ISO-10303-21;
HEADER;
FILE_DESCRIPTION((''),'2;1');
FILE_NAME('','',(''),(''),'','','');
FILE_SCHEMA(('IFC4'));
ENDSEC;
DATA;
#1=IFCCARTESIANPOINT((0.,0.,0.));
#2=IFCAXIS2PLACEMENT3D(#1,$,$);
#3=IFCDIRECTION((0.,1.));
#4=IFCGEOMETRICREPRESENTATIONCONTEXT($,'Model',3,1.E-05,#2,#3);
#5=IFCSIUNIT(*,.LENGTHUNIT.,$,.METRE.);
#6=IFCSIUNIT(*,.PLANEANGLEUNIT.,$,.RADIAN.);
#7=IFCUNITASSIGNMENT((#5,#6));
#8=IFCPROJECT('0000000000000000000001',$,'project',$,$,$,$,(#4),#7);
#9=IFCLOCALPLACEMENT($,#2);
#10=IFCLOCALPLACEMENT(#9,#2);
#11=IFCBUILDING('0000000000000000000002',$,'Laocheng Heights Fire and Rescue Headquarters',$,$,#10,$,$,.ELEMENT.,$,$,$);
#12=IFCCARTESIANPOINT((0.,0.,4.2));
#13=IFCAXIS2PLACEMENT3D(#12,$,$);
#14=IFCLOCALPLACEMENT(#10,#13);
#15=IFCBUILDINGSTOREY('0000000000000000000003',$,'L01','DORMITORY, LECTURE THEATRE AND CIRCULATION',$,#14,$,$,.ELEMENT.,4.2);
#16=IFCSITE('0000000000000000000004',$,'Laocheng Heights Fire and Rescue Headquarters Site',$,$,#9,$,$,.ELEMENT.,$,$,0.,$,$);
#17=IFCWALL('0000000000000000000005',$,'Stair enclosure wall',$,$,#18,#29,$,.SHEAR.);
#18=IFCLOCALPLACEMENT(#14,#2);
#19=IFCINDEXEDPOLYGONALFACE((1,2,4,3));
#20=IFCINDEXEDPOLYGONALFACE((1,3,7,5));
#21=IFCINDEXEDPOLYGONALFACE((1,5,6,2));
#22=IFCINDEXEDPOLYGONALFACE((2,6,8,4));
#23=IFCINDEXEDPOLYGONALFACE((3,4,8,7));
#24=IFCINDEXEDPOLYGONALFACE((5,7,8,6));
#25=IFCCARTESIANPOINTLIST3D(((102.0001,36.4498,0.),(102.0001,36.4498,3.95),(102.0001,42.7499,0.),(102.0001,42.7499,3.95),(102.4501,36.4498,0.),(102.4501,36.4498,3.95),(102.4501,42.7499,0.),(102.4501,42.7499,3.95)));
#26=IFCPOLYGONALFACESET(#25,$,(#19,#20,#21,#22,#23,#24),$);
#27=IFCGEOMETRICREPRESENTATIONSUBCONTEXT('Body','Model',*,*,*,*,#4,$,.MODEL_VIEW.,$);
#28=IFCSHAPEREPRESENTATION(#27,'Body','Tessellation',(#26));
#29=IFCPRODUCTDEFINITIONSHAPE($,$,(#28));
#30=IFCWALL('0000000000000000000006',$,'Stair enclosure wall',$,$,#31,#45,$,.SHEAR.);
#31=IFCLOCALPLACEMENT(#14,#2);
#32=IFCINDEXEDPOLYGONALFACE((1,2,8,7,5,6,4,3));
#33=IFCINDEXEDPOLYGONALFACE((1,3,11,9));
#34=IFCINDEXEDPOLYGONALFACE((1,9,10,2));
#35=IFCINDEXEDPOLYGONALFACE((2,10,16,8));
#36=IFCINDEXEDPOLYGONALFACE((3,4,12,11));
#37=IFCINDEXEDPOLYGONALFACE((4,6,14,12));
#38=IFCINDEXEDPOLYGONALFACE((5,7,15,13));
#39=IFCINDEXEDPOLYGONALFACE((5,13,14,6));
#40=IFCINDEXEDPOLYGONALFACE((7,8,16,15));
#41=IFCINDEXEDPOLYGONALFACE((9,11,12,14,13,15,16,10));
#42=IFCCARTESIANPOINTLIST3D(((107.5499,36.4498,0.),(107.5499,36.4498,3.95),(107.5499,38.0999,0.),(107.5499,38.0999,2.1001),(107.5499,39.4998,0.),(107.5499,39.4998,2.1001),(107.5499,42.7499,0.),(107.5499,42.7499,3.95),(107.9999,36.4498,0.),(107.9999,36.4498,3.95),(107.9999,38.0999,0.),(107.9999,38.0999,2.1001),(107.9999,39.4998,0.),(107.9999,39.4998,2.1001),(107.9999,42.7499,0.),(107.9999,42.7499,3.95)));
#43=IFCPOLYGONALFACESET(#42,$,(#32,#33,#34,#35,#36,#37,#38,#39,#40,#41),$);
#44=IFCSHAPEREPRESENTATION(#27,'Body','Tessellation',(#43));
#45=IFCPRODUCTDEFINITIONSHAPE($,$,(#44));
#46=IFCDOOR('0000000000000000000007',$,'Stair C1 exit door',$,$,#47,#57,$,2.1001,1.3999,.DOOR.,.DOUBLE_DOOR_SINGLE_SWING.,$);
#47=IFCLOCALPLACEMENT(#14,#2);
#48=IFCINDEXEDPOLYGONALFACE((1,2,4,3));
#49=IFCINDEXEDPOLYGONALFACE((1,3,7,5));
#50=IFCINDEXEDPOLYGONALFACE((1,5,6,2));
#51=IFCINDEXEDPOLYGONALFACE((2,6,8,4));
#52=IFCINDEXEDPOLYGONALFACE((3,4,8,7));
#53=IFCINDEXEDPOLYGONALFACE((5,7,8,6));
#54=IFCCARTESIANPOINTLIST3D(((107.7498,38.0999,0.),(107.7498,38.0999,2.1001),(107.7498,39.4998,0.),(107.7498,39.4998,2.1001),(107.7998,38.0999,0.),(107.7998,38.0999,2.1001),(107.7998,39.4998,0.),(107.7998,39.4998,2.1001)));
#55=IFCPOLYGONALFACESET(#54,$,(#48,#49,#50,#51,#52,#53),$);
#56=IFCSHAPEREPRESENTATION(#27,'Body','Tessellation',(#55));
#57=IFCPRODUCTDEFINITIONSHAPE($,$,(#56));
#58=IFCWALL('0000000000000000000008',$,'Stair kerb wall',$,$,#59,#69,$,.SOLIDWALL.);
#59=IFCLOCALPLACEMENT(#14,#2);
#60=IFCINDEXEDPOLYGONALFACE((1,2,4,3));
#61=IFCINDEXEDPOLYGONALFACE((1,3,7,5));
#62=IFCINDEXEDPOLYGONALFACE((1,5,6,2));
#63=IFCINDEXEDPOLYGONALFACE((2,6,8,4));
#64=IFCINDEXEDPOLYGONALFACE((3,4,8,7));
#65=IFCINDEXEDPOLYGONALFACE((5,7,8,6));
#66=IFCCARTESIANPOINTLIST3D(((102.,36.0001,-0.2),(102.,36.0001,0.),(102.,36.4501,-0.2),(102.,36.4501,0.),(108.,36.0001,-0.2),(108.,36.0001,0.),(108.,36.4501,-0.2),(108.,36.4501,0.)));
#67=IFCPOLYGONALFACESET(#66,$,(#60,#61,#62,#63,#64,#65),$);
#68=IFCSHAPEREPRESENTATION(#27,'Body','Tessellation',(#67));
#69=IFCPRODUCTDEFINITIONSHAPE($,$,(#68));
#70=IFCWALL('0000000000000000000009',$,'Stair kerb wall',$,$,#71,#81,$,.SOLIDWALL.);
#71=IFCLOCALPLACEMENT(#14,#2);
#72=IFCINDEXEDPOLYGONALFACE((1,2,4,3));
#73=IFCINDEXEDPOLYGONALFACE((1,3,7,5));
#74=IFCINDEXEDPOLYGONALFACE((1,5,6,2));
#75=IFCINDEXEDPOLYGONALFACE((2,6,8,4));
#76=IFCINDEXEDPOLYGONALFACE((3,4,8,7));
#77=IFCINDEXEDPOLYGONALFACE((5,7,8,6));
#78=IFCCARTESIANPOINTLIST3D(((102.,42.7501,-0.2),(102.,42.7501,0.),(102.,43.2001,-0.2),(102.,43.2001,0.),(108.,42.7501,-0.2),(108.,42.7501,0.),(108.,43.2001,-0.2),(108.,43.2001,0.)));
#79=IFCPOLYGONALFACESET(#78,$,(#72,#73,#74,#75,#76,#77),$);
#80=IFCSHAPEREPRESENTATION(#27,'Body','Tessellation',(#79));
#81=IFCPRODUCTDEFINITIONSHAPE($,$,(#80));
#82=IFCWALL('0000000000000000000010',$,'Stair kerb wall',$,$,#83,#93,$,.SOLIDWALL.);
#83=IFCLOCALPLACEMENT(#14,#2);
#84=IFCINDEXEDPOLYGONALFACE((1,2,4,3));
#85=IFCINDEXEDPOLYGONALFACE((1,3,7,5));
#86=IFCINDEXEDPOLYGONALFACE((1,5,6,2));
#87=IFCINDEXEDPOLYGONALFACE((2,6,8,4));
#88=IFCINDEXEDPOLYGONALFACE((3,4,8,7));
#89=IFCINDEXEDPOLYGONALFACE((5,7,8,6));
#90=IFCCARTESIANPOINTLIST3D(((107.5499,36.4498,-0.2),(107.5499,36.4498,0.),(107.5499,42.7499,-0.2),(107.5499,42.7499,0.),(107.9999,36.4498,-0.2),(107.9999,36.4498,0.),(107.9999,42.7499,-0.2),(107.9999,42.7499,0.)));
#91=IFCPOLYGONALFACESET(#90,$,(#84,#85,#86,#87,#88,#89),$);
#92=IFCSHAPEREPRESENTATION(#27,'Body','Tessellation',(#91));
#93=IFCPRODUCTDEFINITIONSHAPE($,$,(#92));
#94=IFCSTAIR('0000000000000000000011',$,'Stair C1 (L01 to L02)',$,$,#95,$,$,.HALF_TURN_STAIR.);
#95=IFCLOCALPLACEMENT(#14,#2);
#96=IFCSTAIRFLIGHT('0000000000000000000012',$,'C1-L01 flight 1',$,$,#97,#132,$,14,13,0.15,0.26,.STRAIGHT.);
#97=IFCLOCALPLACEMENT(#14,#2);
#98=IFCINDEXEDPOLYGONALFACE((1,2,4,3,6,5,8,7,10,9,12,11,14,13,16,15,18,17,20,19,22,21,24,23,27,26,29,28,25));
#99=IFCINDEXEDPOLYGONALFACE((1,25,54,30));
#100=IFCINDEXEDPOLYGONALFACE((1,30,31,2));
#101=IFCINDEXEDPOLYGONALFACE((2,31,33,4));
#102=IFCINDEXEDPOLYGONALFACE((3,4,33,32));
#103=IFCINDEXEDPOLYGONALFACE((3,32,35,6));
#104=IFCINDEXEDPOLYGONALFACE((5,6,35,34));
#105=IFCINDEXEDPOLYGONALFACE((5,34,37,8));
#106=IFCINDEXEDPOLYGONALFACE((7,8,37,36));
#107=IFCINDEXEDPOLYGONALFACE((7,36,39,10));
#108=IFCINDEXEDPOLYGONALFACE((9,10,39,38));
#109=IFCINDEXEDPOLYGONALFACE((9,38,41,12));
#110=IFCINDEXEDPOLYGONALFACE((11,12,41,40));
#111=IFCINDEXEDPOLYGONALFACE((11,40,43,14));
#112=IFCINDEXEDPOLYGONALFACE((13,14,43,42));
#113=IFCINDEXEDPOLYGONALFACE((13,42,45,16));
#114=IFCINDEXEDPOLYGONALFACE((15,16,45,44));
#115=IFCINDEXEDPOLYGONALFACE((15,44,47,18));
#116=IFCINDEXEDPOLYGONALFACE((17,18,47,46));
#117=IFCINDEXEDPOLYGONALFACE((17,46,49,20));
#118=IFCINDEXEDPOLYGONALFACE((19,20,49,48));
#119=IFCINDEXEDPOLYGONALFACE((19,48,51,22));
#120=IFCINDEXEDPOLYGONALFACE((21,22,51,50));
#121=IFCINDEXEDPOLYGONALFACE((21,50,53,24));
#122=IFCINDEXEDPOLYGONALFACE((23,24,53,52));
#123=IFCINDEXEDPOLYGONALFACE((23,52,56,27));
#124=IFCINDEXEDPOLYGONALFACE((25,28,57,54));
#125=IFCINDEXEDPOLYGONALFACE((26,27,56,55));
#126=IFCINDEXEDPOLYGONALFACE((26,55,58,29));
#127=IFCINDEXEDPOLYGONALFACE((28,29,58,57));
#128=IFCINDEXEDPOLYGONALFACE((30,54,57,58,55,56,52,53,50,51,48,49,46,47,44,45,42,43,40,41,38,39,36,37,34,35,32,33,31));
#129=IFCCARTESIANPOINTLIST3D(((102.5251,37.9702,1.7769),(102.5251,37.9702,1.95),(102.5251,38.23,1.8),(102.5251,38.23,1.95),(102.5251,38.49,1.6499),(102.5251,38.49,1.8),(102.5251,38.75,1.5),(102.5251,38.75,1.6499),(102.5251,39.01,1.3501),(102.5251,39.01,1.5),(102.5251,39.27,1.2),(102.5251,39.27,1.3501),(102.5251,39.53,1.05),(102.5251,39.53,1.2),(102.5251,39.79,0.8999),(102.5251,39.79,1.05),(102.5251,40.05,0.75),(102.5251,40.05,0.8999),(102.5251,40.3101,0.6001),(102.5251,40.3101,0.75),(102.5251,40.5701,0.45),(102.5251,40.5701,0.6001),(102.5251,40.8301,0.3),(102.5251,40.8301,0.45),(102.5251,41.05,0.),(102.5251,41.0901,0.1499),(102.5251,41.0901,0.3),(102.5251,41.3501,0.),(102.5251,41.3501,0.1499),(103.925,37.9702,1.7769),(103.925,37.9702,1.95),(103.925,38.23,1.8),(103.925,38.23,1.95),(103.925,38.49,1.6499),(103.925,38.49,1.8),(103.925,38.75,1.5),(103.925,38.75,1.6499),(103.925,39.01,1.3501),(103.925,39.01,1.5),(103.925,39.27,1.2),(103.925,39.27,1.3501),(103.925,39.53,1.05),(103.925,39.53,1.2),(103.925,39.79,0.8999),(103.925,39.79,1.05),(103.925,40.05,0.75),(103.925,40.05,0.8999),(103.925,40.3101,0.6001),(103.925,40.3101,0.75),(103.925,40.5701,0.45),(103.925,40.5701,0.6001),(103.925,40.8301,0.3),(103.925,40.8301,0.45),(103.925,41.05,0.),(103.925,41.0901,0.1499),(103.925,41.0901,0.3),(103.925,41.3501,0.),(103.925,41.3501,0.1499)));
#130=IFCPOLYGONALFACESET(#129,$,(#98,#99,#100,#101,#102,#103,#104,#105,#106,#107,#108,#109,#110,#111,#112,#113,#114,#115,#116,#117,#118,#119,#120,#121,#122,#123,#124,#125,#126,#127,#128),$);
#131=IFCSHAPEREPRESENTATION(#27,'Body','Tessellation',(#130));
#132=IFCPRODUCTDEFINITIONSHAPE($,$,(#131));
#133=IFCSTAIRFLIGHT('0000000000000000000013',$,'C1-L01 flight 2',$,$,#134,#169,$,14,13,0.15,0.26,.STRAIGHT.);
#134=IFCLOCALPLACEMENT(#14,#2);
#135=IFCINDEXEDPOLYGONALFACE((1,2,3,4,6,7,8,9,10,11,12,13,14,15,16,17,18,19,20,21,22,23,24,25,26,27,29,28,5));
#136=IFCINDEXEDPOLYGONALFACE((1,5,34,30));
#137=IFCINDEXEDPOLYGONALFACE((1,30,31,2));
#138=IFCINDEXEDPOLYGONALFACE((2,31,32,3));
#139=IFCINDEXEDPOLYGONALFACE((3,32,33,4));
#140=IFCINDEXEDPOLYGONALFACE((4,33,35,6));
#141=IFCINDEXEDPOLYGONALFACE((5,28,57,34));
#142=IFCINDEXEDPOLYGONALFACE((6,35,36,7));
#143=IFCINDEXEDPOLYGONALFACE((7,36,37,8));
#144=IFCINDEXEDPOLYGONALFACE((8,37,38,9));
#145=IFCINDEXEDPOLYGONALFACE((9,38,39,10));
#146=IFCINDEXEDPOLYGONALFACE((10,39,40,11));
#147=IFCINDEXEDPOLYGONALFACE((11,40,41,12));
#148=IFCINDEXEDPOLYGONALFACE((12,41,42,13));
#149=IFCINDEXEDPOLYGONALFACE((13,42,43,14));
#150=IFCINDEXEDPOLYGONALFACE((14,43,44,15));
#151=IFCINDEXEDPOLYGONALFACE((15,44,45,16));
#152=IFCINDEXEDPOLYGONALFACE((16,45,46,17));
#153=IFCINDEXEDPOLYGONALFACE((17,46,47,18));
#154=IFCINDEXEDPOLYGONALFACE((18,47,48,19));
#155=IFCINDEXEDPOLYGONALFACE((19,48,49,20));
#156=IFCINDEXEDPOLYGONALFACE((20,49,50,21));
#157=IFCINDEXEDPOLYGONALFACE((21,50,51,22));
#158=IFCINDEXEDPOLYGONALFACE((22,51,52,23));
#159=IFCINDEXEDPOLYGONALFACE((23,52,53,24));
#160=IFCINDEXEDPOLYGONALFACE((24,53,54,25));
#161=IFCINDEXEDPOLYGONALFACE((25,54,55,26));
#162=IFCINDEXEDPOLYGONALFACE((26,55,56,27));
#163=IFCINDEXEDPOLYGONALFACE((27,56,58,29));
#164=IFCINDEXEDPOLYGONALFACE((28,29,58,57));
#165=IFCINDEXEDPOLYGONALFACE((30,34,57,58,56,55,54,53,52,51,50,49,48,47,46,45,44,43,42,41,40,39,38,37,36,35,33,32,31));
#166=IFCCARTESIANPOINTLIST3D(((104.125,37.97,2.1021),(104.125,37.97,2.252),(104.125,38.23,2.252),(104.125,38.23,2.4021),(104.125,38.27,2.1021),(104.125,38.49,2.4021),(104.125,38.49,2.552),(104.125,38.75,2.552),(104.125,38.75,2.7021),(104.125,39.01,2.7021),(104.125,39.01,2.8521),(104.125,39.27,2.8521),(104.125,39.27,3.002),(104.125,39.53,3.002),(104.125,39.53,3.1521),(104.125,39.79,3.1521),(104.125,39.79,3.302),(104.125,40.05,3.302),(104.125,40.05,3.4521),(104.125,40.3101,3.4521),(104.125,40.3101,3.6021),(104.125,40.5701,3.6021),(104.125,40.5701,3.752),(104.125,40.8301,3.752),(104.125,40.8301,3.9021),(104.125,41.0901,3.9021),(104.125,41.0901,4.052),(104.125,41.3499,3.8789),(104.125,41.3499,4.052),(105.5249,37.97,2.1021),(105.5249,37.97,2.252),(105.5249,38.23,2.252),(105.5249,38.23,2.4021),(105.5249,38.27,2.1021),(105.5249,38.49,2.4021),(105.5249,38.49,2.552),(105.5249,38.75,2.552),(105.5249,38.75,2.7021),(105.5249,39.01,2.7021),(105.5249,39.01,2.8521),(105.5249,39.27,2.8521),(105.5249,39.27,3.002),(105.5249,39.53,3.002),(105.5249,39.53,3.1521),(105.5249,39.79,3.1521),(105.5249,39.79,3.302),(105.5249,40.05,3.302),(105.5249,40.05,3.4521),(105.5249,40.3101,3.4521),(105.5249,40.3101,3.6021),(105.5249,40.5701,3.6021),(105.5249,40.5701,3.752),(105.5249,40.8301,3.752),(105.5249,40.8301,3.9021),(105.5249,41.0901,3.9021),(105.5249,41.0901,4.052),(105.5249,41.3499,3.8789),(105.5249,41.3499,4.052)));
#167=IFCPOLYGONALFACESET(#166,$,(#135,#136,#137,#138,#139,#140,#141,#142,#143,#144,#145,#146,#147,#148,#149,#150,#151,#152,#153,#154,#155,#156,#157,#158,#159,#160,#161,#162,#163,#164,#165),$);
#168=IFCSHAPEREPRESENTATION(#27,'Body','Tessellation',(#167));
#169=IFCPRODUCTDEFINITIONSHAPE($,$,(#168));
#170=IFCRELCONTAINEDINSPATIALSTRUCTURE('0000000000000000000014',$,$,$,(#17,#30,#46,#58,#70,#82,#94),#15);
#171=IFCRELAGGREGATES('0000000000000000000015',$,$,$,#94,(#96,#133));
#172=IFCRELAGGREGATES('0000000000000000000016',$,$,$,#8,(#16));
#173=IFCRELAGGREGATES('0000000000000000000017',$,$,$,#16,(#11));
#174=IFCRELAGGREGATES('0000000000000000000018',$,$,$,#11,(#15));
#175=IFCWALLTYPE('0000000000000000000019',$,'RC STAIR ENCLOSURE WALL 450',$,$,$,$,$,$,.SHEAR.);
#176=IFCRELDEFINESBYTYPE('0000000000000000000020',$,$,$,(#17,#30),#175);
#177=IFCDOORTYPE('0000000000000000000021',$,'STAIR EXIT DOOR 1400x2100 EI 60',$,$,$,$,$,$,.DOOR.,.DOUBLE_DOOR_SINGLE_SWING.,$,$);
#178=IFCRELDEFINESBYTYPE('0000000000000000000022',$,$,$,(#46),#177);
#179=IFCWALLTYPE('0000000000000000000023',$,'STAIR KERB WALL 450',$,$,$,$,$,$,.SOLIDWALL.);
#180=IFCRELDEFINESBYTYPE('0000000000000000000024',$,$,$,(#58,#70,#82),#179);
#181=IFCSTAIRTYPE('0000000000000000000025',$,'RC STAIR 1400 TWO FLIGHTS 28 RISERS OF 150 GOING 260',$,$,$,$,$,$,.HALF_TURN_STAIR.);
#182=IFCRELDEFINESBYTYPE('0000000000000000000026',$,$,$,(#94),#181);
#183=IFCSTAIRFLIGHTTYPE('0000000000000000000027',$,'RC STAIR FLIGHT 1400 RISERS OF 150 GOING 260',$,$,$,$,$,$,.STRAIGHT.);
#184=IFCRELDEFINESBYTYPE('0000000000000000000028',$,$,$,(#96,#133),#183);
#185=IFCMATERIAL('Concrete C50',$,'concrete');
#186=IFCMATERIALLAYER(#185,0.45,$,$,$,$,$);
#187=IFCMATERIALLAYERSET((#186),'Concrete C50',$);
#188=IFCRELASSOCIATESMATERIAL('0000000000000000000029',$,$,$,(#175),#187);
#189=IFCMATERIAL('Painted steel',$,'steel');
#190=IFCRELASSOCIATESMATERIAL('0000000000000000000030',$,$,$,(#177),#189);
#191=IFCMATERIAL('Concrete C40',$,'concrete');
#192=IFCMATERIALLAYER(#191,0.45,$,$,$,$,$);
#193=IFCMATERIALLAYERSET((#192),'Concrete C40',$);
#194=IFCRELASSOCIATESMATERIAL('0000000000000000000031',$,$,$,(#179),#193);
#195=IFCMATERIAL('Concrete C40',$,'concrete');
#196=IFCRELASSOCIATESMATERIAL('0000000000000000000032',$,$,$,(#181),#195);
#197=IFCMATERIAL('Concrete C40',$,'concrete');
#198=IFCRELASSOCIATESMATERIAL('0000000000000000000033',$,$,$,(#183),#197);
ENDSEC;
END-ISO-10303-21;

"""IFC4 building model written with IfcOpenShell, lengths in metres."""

from ifc_helpers import new_model, si_unit, direction, frame, frame_2d, origin, place, context, subcontext, project, spatial, polyline, rectangle, outline, extrude, material, layer, layer_set, type_object, element, fill, aggregate, save


model = new_model("IFC4")

# Units and contexts
model_context = context("Model", 3, precision=1e-05, world=origin(), true_north=direction((0.0, 1.0)))
body_context = subcontext(model_context, "Body", "Model", "MODEL_VIEW")
ifc_project = project(units=[si_unit("LENGTHUNIT", "METRE"), si_unit("PLANEANGLEUNIT", "RADIAN")], contexts=[model_context])

# Site, building, storey
site_placement = place(None, origin())
site = spatial("IfcSite", under=ifc_project, at=site_placement, Name="Laocheng Heights Fire and Rescue Headquarters Site", CompositionType="ELEMENT", RefElevation=0.0)
building_placement = place(site_placement, origin())
building = spatial("IfcBuilding", under=site, at=building_placement, Name="Laocheng Heights Fire and Rescue Headquarters", CompositionType="ELEMENT")
storey_placement = place(building_placement, frame((0.0, 0.0, 4.2)))
storey = spatial("IfcBuildingStorey", under=building, at=storey_placement, Name="L01", Description="DORMITORY, LECTURE THEATRE AND CIRCULATION", CompositionType="ELEMENT", Elevation=4.2)

# Shared definitions
ifc_material_1 = material(Name="Concrete C50", Category="concrete")
ifc_layer_1 = layer(ifc_material_1, 0.45)
ifc_layer_set_1 = layer_set([ifc_layer_1], Name="Concrete C50")
wall_type_1 = type_object("IfcWallType", Name="RC STAIR ENCLOSURE WALL 450", PredefinedType="SHEAR", material=ifc_layer_set_1)

# Wall
wall_1_placement = place(storey_placement, frame((102.2251, 36.45, 0.0), z_axis=(0.0, 0.0, 1.0), x_axis=(0.0, 1.0, 0.0)))
element("IfcWall", 1, at=wall_1_placement, inside=storey, type_object=wall_type_1, Name="Stair enclosure wall", PredefinedType="SHEAR", context=body_context, shape_type="SweptSolid", body=[
    extrude(rectangle(XDim=6.3, YDim=0.45, at=frame_2d((3.1499, 0.0))), origin(), (0.0, 0.0, 1.0), 3.95),
])

# Wall, opening, door
wall_2_placement = place(storey_placement, frame((107.7749, 36.45, 0.0), z_axis=(0.0, 0.0, 1.0), x_axis=(0.0, 1.0, 0.0)))
wall_2 = element("IfcWall", 2, at=wall_2_placement, inside=storey, type_object=wall_type_1, Name="Stair enclosure wall", PredefinedType="SHEAR", context=body_context, shape_type="SweptSolid", body=[
    extrude(rectangle(XDim=6.3, YDim=0.45, at=frame_2d((3.1499, 0.0))), origin(), (0.0, 0.0, 1.0), 3.95),
])
opening_1_placement = place(wall_2_placement, frame((1.6499, 0.0, 0.0)))
opening_1 = element("IfcOpeningElement", 3, at=opening_1_placement, cuts=wall_2, PredefinedType="OPENING", context=body_context, shape_type="SweptSolid", body=[
    extrude(rectangle(XDim=1.3999, YDim=2.1001, at=frame_2d((0.7, 1.05))), frame((0.0, 0.2349, 0.0), z_axis=(0.0, -1.0, 0.0), x_axis=(1.0, 0.0, 0.0)), (0.0, 0.0, 1.0), 0.47),
])
ifc_material_2 = material(Name="Painted steel", Category="steel")
door_type_1 = type_object("IfcDoorType", Name="STAIR EXIT DOOR 1400x2100 EI 60", OperationType="DOUBLE_DOOR_SINGLE_SWING", PredefinedType="DOOR", material=ifc_material_2)
door_1_placement = place(opening_1_placement, frame((1.3999, 0.0, 0.0), z_axis=(0.0, 0.0, 1.0), x_axis=(-1.0, 0.0, 0.0)))
door_1 = element("IfcDoor", 4, at=door_1_placement, inside=storey, type_object=door_type_1, Name="Stair C1 exit door", OperationType="DOUBLE_DOOR_SINGLE_SWING", OverallHeight=2.1001, OverallWidth=1.3999, PredefinedType="DOOR", context=body_context, shape_type="SweptSolid", body=[
    extrude(rectangle(XDim=1.3999, YDim=2.1001, at=frame_2d((0.7, 1.05))), frame((0.0, 0.0249, 0.0), z_axis=(0.0, -1.0, 0.0), x_axis=(1.0, 0.0, 0.0)), (0.0, 0.0, 1.0), 0.05),
])
fill(opening_1, door_1)

# Walls
ifc_material_3 = material(Name="Concrete C40", Category="concrete")
ifc_layer_2 = layer(ifc_material_3, 0.45)
ifc_layer_set_2 = layer_set([ifc_layer_2], Name="Concrete C40")
wall_type_2 = type_object("IfcWallType", Name="STAIR KERB WALL 450", PredefinedType="SOLIDWALL", material=ifc_layer_set_2)
for number, where, z_axis, x_axis, name in (
    (5, (102.0, 36.2251, -0.2), (0.0, 0.0, 1.0), (1.0, 0.0, 0.0), "Stair kerb wall"),
    (6, (102.0, 42.9751, -0.2), (0.0, 0.0, 1.0), (1.0, 0.0, 0.0), "Stair kerb wall"),
):
    element("IfcWall", number, at=place(storey_placement, frame(where, z_axis=z_axis, x_axis=x_axis)), inside=storey, type_object=wall_type_2, Name=name, PredefinedType="SOLIDWALL", context=body_context, shape_type="SweptSolid", body=[
        extrude(rectangle(XDim=6.0, YDim=0.45, at=frame_2d((3.0, 0.0))), origin(), (0.0, 0.0, 1.0), 0.2),
    ])
wall_3_placement = place(storey_placement, frame((107.7749, 36.45, -0.2), z_axis=(0.0, 0.0, 1.0), x_axis=(0.0, 1.0, 0.0)))
element("IfcWall", 7, at=wall_3_placement, inside=storey, type_object=wall_type_2, Name="Stair kerb wall", PredefinedType="SOLIDWALL", context=body_context, shape_type="SweptSolid", body=[
    extrude(rectangle(XDim=6.3, YDim=0.45, at=frame_2d((3.1499, 0.0))), origin(), (0.0, 0.0, 1.0), 0.2),
])

# Stair, stair flights
ifc_material_4 = material(Name="Concrete C40", Category="concrete")
stair_type = type_object("IfcStairType", Name="RC STAIR 1400 TWO FLIGHTS 28 RISERS OF 150 GOING 260", PredefinedType="HALF_TURN_STAIR", material=ifc_material_4)
stair_placement = place(storey_placement, origin())
stair = element("IfcStair", 8, at=stair_placement, inside=storey, type_object=stair_type, Name="Stair C1 (L01 to L02)", PredefinedType="HALF_TURN_STAIR")
ifc_material_5 = material(Name="Concrete C40", Category="concrete")
stair_flight_type = type_object("IfcStairFlightType", Name="RC STAIR FLIGHT 1400 RISERS OF 150 GOING 260", PredefinedType="STRAIGHT", material=ifc_material_5)
stair_flight_1_placement = place(storey_placement, frame((103.2251, 41.3501, 0.0), z_axis=(0.0, 0.0, 1.0), x_axis=(0.0, -1.0, 0.0)))
stair_flight_1 = element("IfcStairFlight", 9, at=stair_flight_1_placement, type_object=stair_flight_type, Name="C1-L01 flight 1", NumberOfRisers=14, NumberOfTreads=13, PredefinedType="STRAIGHT", RiserHeight=0.15, TreadLength=0.26, context=body_context, shape_type="SweptSolid", body=[
    extrude(outline(polyline([(0.0, 0.0), (0.0, 0.1499), (0.26, 0.1499), (0.26, 0.3), (0.52, 0.3), (0.52, 0.45), (0.78, 0.45), (0.78, 0.6001), (1.04, 0.6001), (1.04, 0.75), (1.3, 0.75), (1.3, 0.8999), (1.5601, 0.8999), (1.5601, 1.05), (1.8201, 1.05), (1.8201, 1.2), (2.0801, 1.2), (2.0801, 1.3501), (2.3401, 1.3501), (2.3401, 1.5), (2.6001, 1.5), (2.6001, 1.6499), (2.8601, 1.6499), (2.8601, 1.8), (3.1201, 1.8), (3.1201, 1.95), (3.3799, 1.95), (3.3799, 2.1001), (3.3799, 1.7769), (0.3, 0.0), (0.0, 0.0)])), frame((0.0, 0.7, 0.0), z_axis=(0.0, -1.0, 0.0), x_axis=(1.0, 0.0, 0.0)), (0.0, 0.0, 1.0), 1.3999),
])
stair_flight_2_placement = place(storey_placement, frame((104.825, 37.97, 2.1021), z_axis=(0.0, 0.0, 1.0), x_axis=(0.0, 1.0, 0.0)))
stair_flight_2 = element("IfcStairFlight", 10, at=stair_flight_2_placement, type_object=stair_flight_type, Name="C1-L01 flight 2", NumberOfRisers=14, NumberOfTreads=13, PredefinedType="STRAIGHT", RiserHeight=0.15, TreadLength=0.26, context=body_context, shape_type="SweptSolid", body=[
    extrude(outline(polyline([(0.0, 0.0), (0.0, 0.1499), (0.26, 0.1499), (0.26, 0.3), (0.52, 0.3), (0.52, 0.45), (0.78, 0.45), (0.78, 0.6001), (1.04, 0.6001), (1.04, 0.75), (1.3, 0.75), (1.3, 0.8999), (1.5601, 0.8999), (1.5601, 1.05), (1.8201, 1.05), (1.8201, 1.2), (2.0801, 1.2), (2.0801, 1.3501), (2.3401, 1.3501), (2.3401, 1.5), (2.6001, 1.5), (2.6001, 1.6499), (2.8601, 1.6499), (2.8601, 1.8), (3.1201, 1.8), (3.1201, 1.95), (3.3799, 1.95), (3.3799, 2.1001), (3.3799, 1.7769), (0.3, 0.0), (0.0, 0.0)])), frame((0.0, 0.7, 0.0), z_axis=(0.0, -1.0, 0.0), x_axis=(1.0, 0.0, 0.0)), (0.0, 0.0, 1.0), 1.3999),
])
aggregate(stair, [stair_flight_1, stair_flight_2])

save(model, "model.ifc")
